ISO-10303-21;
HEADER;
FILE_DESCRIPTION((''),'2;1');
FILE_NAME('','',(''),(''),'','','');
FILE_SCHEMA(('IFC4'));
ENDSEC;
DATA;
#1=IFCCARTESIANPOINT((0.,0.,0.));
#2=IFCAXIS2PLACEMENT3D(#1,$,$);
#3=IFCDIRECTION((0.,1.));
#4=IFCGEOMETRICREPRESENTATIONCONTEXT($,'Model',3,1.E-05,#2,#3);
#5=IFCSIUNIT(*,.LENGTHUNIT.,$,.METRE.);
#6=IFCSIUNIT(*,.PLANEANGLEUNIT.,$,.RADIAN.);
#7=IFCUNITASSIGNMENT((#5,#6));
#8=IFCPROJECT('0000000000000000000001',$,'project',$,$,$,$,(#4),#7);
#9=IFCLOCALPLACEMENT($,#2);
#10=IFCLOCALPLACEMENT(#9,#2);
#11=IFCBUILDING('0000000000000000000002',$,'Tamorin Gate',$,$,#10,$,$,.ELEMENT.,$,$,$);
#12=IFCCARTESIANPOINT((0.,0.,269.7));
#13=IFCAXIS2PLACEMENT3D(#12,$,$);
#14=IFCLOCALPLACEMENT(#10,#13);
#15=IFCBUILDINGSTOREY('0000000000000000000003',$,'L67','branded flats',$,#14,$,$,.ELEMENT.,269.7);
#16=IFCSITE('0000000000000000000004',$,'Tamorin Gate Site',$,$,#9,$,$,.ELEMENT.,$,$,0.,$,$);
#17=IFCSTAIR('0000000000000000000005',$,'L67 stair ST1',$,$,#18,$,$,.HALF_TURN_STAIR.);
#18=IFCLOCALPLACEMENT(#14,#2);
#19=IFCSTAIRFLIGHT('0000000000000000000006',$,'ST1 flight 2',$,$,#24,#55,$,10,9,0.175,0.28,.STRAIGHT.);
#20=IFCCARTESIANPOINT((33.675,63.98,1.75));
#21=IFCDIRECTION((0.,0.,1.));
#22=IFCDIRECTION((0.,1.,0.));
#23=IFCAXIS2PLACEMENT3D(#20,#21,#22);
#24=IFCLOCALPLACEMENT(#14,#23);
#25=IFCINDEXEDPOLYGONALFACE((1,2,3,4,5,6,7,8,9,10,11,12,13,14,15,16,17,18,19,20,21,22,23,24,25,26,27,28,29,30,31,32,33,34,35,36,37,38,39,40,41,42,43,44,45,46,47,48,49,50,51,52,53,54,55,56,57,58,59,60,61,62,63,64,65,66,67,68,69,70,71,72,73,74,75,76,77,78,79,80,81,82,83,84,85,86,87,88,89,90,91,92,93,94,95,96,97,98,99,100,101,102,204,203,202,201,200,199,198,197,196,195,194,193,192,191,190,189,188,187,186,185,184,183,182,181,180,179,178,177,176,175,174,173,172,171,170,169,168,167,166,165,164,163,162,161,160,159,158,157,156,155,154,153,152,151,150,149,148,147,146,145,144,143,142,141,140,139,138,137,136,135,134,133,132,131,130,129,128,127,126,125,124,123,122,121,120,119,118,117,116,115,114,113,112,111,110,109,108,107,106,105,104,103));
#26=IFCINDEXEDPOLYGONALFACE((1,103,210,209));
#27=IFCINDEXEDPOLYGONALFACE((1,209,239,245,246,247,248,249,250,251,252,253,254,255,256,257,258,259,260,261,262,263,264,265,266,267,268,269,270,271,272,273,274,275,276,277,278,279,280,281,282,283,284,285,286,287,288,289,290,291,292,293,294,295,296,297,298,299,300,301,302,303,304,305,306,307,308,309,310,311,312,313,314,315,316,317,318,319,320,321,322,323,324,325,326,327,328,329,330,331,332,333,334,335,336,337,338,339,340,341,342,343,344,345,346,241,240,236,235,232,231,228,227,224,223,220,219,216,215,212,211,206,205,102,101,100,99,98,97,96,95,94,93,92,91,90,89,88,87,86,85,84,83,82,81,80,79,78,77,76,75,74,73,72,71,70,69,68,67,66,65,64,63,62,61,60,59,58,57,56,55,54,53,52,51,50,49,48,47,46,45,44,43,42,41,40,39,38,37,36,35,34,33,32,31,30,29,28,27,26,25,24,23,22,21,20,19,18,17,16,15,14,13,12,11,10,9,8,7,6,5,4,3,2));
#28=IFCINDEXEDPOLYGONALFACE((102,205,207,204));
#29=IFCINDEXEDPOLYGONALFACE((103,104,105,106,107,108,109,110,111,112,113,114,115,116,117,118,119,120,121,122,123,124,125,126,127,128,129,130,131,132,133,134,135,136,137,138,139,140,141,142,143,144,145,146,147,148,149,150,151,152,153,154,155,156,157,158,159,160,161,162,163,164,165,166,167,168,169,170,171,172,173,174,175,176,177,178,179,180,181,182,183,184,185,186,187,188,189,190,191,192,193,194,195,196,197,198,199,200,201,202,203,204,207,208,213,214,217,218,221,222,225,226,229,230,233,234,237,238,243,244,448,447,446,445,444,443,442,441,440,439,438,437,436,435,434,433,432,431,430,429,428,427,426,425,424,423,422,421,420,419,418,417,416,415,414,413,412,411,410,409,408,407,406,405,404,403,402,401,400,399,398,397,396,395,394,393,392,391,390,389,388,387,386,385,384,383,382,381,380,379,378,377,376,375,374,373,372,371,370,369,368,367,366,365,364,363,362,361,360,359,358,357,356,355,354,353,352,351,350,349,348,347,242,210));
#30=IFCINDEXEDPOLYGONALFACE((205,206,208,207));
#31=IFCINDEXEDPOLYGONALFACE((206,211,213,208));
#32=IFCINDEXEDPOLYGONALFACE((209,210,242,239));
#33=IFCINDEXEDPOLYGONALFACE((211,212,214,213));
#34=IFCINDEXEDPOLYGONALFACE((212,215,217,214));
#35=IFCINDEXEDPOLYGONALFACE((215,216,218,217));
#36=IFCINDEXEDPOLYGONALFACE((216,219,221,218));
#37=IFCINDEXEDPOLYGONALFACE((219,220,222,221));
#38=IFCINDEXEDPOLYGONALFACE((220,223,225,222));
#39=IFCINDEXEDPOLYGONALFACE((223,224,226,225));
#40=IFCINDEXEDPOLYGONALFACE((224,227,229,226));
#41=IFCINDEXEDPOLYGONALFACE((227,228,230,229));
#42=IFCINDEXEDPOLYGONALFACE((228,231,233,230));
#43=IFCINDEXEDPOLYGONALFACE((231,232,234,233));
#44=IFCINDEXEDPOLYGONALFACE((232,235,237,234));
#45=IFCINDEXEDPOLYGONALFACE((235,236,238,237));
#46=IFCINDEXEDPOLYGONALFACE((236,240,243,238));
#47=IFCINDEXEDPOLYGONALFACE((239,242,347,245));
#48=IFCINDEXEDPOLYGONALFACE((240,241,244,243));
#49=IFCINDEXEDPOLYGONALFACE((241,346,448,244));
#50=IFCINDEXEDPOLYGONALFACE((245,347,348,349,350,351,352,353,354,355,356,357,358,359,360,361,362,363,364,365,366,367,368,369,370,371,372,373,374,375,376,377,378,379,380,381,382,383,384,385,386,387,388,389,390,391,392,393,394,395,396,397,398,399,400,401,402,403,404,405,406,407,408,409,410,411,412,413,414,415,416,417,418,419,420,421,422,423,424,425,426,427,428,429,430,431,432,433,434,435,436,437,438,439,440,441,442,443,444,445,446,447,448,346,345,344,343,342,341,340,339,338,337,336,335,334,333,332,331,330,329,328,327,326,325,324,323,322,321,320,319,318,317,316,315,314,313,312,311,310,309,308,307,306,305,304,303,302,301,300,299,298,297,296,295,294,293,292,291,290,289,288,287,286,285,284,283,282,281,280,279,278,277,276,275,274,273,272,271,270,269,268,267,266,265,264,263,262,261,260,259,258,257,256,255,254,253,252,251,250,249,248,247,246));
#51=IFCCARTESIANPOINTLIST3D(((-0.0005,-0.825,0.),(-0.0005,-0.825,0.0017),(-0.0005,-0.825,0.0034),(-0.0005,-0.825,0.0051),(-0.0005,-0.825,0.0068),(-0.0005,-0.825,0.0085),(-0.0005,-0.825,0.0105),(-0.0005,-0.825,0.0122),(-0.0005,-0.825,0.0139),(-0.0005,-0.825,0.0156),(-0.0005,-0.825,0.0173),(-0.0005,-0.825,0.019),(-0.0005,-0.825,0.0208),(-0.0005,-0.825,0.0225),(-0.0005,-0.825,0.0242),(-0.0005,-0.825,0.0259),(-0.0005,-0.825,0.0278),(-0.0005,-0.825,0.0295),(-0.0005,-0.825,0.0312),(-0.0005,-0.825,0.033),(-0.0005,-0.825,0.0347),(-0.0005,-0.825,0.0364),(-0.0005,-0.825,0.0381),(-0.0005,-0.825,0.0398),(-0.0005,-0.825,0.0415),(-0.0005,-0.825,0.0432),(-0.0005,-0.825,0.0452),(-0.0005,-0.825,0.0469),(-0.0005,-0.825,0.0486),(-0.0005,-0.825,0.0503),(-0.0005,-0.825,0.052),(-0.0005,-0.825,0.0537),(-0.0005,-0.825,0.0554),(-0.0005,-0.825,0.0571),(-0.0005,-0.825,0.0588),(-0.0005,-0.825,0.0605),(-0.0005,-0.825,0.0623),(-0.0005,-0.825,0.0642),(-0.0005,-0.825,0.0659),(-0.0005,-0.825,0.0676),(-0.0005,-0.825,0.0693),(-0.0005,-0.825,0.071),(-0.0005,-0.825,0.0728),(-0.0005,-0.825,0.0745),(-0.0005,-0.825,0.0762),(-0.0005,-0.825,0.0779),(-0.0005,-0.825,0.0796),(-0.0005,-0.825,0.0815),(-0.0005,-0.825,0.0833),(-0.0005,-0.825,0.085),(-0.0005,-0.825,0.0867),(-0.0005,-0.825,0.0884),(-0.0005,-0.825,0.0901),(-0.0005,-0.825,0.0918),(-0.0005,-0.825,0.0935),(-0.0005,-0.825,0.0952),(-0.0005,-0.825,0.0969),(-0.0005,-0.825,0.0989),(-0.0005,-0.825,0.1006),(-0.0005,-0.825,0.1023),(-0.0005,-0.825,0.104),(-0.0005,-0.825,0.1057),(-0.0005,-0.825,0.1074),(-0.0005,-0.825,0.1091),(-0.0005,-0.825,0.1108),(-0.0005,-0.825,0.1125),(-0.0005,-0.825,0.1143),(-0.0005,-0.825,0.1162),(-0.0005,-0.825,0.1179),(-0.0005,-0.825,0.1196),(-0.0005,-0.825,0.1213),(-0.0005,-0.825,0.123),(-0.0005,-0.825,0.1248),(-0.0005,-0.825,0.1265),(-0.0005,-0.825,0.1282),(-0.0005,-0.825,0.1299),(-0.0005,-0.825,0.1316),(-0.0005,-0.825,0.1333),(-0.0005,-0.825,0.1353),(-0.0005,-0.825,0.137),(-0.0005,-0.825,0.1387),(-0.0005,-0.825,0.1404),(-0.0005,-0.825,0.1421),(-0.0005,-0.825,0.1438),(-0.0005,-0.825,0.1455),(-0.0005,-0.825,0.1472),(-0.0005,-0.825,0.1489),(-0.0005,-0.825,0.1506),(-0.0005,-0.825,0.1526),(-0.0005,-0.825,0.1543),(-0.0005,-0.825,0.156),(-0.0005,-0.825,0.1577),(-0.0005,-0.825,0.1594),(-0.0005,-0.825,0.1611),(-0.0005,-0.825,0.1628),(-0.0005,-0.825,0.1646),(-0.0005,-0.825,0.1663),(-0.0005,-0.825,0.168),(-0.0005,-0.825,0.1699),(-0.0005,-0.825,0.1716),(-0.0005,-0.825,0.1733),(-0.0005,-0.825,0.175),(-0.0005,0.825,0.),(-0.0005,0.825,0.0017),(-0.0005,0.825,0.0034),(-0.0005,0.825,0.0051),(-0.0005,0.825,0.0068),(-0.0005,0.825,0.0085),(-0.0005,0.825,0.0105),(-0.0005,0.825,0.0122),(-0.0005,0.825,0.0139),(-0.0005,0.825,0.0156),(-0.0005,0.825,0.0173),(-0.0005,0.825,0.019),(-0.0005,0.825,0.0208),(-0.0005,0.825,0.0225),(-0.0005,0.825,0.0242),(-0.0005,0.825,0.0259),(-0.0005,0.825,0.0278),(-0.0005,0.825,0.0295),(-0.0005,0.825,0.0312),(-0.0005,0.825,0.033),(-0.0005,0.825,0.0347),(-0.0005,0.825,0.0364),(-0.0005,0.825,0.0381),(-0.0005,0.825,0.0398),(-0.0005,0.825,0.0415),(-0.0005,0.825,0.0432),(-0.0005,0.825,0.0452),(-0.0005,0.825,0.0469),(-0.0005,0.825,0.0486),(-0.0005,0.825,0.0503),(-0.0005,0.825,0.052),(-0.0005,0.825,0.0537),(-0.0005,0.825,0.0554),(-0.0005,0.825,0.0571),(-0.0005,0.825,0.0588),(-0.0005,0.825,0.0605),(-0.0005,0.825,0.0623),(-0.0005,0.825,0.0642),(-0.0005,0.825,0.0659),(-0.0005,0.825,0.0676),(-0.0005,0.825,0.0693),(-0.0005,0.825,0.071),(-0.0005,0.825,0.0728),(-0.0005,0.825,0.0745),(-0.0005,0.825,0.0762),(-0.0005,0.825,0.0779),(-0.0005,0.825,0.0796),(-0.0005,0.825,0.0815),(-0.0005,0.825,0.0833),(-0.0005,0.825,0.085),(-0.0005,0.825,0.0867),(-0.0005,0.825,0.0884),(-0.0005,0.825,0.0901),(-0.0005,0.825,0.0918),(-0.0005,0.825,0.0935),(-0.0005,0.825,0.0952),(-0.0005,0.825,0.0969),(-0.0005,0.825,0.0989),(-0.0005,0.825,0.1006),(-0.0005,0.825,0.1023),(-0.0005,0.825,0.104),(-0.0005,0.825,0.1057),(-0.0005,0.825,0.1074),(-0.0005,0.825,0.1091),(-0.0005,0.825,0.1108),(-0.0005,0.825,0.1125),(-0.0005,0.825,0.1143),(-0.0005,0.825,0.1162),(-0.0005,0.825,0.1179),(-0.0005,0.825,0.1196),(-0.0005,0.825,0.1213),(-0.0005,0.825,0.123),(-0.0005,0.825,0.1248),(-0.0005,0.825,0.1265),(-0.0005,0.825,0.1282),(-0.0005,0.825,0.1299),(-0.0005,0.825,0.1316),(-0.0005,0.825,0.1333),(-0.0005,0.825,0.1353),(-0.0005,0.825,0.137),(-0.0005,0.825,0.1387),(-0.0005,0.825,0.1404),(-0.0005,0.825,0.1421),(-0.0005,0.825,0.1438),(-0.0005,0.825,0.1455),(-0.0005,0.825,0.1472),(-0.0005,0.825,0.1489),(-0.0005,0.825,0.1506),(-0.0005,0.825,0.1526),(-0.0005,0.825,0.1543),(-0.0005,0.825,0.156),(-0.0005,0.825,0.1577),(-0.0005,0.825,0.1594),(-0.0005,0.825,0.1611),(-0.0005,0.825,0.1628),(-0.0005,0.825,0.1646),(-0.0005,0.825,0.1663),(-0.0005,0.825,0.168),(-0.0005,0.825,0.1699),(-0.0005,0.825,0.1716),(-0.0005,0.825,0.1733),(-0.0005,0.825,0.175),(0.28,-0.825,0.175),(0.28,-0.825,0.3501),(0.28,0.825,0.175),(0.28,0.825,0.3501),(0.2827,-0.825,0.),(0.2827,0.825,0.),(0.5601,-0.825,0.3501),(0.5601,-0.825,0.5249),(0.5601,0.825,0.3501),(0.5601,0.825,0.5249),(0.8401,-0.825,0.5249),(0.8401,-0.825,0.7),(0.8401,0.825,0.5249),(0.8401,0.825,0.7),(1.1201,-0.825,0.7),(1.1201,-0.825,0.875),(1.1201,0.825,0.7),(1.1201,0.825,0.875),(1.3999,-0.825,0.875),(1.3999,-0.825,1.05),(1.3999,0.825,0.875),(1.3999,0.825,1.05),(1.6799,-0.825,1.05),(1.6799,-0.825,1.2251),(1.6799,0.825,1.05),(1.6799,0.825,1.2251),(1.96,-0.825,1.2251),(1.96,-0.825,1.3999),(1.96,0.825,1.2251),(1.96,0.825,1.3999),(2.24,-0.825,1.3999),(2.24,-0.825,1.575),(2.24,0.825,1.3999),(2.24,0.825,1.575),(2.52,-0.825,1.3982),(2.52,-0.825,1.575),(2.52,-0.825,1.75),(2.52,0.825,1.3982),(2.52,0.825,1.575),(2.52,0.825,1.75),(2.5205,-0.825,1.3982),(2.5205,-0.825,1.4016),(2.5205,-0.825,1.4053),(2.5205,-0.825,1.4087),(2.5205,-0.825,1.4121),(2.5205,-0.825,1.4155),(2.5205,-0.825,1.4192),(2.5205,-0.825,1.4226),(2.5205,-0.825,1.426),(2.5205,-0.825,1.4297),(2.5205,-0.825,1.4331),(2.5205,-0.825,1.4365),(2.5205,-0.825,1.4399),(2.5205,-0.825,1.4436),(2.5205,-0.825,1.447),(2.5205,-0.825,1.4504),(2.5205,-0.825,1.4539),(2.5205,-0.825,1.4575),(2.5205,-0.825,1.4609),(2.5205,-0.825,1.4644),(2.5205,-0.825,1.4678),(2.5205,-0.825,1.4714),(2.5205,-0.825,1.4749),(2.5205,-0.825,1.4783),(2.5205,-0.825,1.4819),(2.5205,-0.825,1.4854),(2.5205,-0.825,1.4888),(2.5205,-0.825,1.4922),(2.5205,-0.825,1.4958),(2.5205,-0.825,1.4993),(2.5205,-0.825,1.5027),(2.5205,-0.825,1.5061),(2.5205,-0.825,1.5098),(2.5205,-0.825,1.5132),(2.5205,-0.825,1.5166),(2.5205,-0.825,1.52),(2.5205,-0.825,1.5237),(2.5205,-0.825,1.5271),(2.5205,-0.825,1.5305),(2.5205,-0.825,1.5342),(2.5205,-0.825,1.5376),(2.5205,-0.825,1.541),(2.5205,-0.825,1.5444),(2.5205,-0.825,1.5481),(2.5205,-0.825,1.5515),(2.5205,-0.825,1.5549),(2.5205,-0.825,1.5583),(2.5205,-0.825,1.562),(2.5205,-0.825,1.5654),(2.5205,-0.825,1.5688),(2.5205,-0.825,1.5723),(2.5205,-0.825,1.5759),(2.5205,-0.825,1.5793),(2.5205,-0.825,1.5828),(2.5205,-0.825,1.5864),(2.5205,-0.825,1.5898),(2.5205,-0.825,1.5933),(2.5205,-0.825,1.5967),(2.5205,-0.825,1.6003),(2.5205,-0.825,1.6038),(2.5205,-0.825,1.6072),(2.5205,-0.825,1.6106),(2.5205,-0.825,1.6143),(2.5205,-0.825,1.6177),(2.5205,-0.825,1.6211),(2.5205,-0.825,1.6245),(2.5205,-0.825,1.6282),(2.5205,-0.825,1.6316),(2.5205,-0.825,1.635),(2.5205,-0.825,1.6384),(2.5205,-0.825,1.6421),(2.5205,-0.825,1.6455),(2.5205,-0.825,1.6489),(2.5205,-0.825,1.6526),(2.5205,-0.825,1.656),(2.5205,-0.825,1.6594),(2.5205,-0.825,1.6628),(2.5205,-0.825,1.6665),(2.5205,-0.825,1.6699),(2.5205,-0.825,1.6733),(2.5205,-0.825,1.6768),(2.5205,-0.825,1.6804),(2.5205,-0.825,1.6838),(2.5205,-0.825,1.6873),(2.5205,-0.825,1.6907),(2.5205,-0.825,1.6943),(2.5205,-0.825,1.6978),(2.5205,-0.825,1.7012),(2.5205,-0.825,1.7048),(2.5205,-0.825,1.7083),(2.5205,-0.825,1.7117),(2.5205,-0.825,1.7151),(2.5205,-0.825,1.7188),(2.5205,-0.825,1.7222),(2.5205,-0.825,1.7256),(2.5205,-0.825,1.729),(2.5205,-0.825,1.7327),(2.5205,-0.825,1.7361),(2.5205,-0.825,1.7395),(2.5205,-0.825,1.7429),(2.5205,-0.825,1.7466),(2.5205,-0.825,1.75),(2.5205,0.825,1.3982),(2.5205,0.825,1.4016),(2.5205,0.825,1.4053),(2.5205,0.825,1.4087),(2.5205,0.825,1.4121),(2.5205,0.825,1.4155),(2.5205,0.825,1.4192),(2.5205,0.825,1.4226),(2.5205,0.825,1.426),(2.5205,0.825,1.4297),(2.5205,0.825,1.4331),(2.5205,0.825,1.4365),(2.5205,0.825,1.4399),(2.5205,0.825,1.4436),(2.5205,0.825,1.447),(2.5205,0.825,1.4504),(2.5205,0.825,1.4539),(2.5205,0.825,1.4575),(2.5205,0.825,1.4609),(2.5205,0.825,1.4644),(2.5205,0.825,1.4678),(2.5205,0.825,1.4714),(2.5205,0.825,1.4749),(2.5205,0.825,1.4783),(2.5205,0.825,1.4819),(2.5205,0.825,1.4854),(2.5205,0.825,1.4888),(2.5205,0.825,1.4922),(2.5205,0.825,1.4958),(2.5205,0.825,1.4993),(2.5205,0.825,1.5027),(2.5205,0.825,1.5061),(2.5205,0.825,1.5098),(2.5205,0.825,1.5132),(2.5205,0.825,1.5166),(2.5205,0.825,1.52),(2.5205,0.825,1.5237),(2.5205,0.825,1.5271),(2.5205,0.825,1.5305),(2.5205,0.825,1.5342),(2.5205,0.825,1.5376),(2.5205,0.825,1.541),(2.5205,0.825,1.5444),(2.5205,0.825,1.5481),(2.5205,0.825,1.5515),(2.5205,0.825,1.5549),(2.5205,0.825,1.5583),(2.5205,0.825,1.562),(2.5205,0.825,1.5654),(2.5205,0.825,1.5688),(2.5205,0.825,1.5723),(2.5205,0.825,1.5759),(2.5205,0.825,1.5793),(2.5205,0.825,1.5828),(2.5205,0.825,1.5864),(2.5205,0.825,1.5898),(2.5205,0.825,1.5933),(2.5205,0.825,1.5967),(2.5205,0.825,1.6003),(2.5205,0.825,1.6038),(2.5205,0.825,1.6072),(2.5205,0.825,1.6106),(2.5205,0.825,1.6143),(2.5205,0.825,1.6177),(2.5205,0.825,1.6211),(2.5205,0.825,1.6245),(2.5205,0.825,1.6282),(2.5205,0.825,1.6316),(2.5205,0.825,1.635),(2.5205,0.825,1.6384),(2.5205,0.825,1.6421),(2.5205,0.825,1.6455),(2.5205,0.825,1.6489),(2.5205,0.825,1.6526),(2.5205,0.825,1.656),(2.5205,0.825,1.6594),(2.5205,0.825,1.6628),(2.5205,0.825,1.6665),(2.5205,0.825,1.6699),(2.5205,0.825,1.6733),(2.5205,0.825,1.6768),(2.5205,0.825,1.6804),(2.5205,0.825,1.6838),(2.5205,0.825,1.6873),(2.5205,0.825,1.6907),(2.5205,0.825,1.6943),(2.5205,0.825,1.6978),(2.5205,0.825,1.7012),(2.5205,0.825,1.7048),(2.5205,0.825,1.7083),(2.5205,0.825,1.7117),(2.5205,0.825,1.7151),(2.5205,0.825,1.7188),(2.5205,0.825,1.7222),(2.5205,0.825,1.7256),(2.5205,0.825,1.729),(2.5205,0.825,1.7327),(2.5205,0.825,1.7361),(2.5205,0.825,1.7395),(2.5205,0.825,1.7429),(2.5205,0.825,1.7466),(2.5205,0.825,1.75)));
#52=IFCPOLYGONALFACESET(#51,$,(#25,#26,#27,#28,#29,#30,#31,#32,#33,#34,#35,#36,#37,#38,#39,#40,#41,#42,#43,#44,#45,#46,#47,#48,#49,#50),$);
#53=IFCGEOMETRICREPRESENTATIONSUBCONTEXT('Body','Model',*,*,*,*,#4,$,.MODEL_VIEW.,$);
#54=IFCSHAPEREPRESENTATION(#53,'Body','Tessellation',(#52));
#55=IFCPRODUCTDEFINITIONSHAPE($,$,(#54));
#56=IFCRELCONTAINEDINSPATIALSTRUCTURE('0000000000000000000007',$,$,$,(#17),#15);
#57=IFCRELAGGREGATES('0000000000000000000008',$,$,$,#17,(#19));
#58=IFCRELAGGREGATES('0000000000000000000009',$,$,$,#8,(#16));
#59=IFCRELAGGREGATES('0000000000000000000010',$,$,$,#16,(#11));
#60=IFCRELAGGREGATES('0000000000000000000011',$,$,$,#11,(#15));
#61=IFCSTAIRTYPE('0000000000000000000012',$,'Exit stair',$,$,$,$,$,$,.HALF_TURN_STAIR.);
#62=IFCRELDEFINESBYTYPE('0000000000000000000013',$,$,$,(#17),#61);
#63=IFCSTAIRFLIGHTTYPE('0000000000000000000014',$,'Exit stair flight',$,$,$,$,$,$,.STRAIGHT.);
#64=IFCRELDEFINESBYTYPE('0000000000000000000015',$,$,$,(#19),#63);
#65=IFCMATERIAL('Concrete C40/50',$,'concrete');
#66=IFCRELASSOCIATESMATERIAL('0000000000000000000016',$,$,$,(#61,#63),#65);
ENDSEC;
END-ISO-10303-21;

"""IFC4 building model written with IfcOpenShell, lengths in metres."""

from ifc_helpers import new_model, si_unit, direction, frame, origin, place, context, subcontext, project, spatial, polyline, outline, extrude, material, type_object, element, aggregate, save


model = new_model("IFC4")

# Units and contexts
model_context = context("Model", 3, precision=1e-05, world=origin(), true_north=direction((0.0, 1.0)))
body_context = subcontext(model_context, "Body", "Model", "MODEL_VIEW")
ifc_project = project(units=[si_unit("LENGTHUNIT", "METRE"), si_unit("PLANEANGLEUNIT", "RADIAN")], contexts=[model_context])

# Site, building, storey
site_placement = place(None, origin())
site = spatial("IfcSite", under=ifc_project, at=site_placement, Name="Tamorin Gate Site", CompositionType="ELEMENT", RefElevation=0.0)
building_placement = place(site_placement, origin())
building = spatial("IfcBuilding", under=site, at=building_placement, Name="Tamorin Gate", CompositionType="ELEMENT")
storey_placement = place(building_placement, frame((0.0, 0.0, 269.7)))
storey = spatial("IfcBuildingStorey", under=building, at=storey_placement, Name="L67", Description="branded flats", CompositionType="ELEMENT", Elevation=269.7)

# Shared definitions
ifc_material_1 = material(Name="Concrete C40/50", Category="concrete")

# Stair, stair flight
stair_type = type_object("IfcStairType", Name="Exit stair", PredefinedType="HALF_TURN_STAIR", material=ifc_material_1)
stair_1_placement = place(storey_placement, origin())
stair_1 = element("IfcStair", 1, at=stair_1_placement, inside=storey, type_object=stair_type, Name="L67 stair ST1", PredefinedType="HALF_TURN_STAIR")
stair_flight_type = type_object("IfcStairFlightType", Name="Exit stair flight", PredefinedType="STRAIGHT", material=ifc_material_1)
stair_flight_1_placement = place(storey_placement, frame((33.675, 63.98, 1.75), z_axis=(0.0, 0.0, 1.0), x_axis=(0.0, 1.0, 0.0)))
stair_flight_1 = element("IfcStairFlight", 2, at=stair_flight_1_placement, type_object=stair_flight_type, Name="ST1 flight 2", NumberOfRisers=10, NumberOfTreads=9, PredefinedType="STRAIGHT", RiserHeight=0.175, TreadLength=0.28, context=body_context, shape_type="SweptSolid", body=[
    extrude(outline(polyline([(-0.0005, 0.0), (-0.0005, 0.0017), (-0.0005, 0.0034), (-0.0005, 0.0051), (-0.0005, 0.0068), (-0.0005, 0.0085), (-0.0005, 0.0105), (-0.0005, 0.0122), (-0.0005, 0.0139), (-0.0005, 0.0156), (-0.0005, 0.0173), (-0.0005, 0.019), (-0.0005, 0.0208), (-0.0005, 0.0225), (-0.0005, 0.0242), (-0.0005, 0.0259), (-0.0005, 0.0278), (-0.0005, 0.0295), (-0.0005, 0.0312), (-0.0005, 0.033), (-0.0005, 0.0347), (-0.0005, 0.0364), (-0.0005, 0.0381), (-0.0005, 0.0398), (-0.0005, 0.0415), (-0.0005, 0.0432), (-0.0005, 0.0452), (-0.0005, 0.0469), (-0.0005, 0.0486), (-0.0005, 0.0503), (-0.0005, 0.052), (-0.0005, 0.0537), (-0.0005, 0.0554), (-0.0005, 0.0571), (-0.0005, 0.0588), (-0.0005, 0.0605), (-0.0005, 0.0623), (-0.0005, 0.0642), (-0.0005, 0.0659), (-0.0005, 0.0676), (-0.0005, 0.0693), (-0.0005, 0.071), (-0.0005, 0.0728), (-0.0005, 0.0745), (-0.0005, 0.0762), (-0.0005, 0.0779), (-0.0005, 0.0796), (-0.0005, 0.0815), (-0.0005, 0.0833), (-0.0005, 0.085), (-0.0005, 0.0867), (-0.0005, 0.0884), (-0.0005, 0.0901), (-0.0005, 0.0918), (-0.0005, 0.0935), (-0.0005, 0.0952), (-0.0005, 0.0969), (-0.0005, 0.0989), (-0.0005, 0.1006), (-0.0005, 0.1023), (-0.0005, 0.104), (-0.0005, 0.1057), (-0.0005, 0.1074), (-0.0005, 0.1091), (-0.0005, 0.1108), (-0.0005, 0.1125), (-0.0005, 0.1143), (-0.0005, 0.1162), (-0.0005, 0.1179), (-0.0005, 0.1196), (-0.0005, 0.1213), (-0.0005, 0.123), (-0.0005, 0.1248), (-0.0005, 0.1265), (-0.0005, 0.1282), (-0.0005, 0.1299), (-0.0005, 0.1316), (-0.0005, 0.1333), (-0.0005, 0.1353), (-0.0005, 0.137), (-0.0005, 0.1387), (-0.0005, 0.1404), (-0.0005, 0.1421), (-0.0005, 0.1438), (-0.0005, 0.1455), (-0.0005, 0.1472), (-0.0005, 0.1489), (-0.0005, 0.1506), (-0.0005, 0.1526), (-0.0005, 0.1543), (-0.0005, 0.156), (-0.0005, 0.1577), (-0.0005, 0.1594), (-0.0005, 0.1611), (-0.0005, 0.1628), (-0.0005, 0.1646), (-0.0005, 0.1663), (-0.0005, 0.168), (-0.0005, 0.1699), (-0.0005, 0.1716), (-0.0005, 0.1733), (-0.0005, 0.175), (0.28, 0.175), (0.28, 0.3501), (0.5601, 0.3501), (0.5601, 0.5249), (0.8401, 0.5249), (0.8401, 0.7), (1.1201, 0.7), (1.1201, 0.875), (1.3999, 0.875), (1.3999, 1.05), (1.6799, 1.05), (1.6799, 1.2251), (1.96, 1.2251), (1.96, 1.3999), (2.24, 1.3999), (2.24, 1.575), (2.52, 1.575), (2.52, 1.75), (2.5205, 1.75), (2.5205, 1.7466), (2.5205, 1.7429), (2.5205, 1.7395), (2.5205, 1.7361), (2.5205, 1.7327), (2.5205, 1.729), (2.5205, 1.7256), (2.5205, 1.7222), (2.5205, 1.7188), (2.5205, 1.7151), (2.5205, 1.7117), (2.5205, 1.7083), (2.5205, 1.7048), (2.5205, 1.7012), (2.5205, 1.6978), (2.5205, 1.6943), (2.5205, 1.6907), (2.5205, 1.6873), (2.5205, 1.6838), (2.5205, 1.6804), (2.5205, 1.6768), (2.5205, 1.6733), (2.5205, 1.6699), (2.5205, 1.6665), (2.5205, 1.6628), (2.5205, 1.6594), (2.5205, 1.656), (2.5205, 1.6526), (2.5205, 1.6489), (2.5205, 1.6455), (2.5205, 1.6421), (2.5205, 1.6384), (2.5205, 1.635), (2.5205, 1.6316), (2.5205, 1.6282), (2.5205, 1.6245), (2.5205, 1.6211), (2.5205, 1.6177), (2.5205, 1.6143), (2.5205, 1.6106), (2.5205, 1.6072), (2.5205, 1.6038), (2.5205, 1.6003), (2.5205, 1.5967), (2.5205, 1.5933), (2.5205, 1.5898), (2.5205, 1.5864), (2.5205, 1.5828), (2.5205, 1.5793), (2.5205, 1.5759), (2.5205, 1.5723), (2.5205, 1.5688), (2.5205, 1.5654), (2.5205, 1.562), (2.5205, 1.5583), (2.5205, 1.5549), (2.5205, 1.5515), (2.5205, 1.5481), (2.5205, 1.5444), (2.5205, 1.541), (2.5205, 1.5376), (2.5205, 1.5342), (2.5205, 1.5305), (2.5205, 1.5271), (2.5205, 1.5237), (2.5205, 1.52), (2.5205, 1.5166), (2.5205, 1.5132), (2.5205, 1.5098), (2.5205, 1.5061), (2.5205, 1.5027), (2.5205, 1.4993), (2.5205, 1.4958), (2.5205, 1.4922), (2.5205, 1.4888), (2.5205, 1.4854), (2.5205, 1.4819), (2.5205, 1.4783), (2.5205, 1.4749), (2.5205, 1.4714), (2.5205, 1.4678), (2.5205, 1.4644), (2.5205, 1.4609), (2.5205, 1.4575), (2.5205, 1.4539), (2.5205, 1.4504), (2.5205, 1.447), (2.5205, 1.4436), (2.5205, 1.4399), (2.5205, 1.4365), (2.5205, 1.4331), (2.5205, 1.4297), (2.5205, 1.426), (2.5205, 1.4226), (2.5205, 1.4192), (2.5205, 1.4155), (2.5205, 1.4121), (2.5205, 1.4087), (2.5205, 1.4053), (2.5205, 1.4016), (2.5205, 1.3982), (2.52, 1.3982), (0.2827, 0.0), (-0.0005, 0.0)])), frame((0.0, 0.825, 0.0), z_axis=(0.0, -1.0, 0.0), x_axis=(1.0, 0.0, 0.0)), (0.0, 0.0, 1.0), 1.6499),
])
aggregate(stair_1, [stair_flight_1])

save(model, "model.ifc")
